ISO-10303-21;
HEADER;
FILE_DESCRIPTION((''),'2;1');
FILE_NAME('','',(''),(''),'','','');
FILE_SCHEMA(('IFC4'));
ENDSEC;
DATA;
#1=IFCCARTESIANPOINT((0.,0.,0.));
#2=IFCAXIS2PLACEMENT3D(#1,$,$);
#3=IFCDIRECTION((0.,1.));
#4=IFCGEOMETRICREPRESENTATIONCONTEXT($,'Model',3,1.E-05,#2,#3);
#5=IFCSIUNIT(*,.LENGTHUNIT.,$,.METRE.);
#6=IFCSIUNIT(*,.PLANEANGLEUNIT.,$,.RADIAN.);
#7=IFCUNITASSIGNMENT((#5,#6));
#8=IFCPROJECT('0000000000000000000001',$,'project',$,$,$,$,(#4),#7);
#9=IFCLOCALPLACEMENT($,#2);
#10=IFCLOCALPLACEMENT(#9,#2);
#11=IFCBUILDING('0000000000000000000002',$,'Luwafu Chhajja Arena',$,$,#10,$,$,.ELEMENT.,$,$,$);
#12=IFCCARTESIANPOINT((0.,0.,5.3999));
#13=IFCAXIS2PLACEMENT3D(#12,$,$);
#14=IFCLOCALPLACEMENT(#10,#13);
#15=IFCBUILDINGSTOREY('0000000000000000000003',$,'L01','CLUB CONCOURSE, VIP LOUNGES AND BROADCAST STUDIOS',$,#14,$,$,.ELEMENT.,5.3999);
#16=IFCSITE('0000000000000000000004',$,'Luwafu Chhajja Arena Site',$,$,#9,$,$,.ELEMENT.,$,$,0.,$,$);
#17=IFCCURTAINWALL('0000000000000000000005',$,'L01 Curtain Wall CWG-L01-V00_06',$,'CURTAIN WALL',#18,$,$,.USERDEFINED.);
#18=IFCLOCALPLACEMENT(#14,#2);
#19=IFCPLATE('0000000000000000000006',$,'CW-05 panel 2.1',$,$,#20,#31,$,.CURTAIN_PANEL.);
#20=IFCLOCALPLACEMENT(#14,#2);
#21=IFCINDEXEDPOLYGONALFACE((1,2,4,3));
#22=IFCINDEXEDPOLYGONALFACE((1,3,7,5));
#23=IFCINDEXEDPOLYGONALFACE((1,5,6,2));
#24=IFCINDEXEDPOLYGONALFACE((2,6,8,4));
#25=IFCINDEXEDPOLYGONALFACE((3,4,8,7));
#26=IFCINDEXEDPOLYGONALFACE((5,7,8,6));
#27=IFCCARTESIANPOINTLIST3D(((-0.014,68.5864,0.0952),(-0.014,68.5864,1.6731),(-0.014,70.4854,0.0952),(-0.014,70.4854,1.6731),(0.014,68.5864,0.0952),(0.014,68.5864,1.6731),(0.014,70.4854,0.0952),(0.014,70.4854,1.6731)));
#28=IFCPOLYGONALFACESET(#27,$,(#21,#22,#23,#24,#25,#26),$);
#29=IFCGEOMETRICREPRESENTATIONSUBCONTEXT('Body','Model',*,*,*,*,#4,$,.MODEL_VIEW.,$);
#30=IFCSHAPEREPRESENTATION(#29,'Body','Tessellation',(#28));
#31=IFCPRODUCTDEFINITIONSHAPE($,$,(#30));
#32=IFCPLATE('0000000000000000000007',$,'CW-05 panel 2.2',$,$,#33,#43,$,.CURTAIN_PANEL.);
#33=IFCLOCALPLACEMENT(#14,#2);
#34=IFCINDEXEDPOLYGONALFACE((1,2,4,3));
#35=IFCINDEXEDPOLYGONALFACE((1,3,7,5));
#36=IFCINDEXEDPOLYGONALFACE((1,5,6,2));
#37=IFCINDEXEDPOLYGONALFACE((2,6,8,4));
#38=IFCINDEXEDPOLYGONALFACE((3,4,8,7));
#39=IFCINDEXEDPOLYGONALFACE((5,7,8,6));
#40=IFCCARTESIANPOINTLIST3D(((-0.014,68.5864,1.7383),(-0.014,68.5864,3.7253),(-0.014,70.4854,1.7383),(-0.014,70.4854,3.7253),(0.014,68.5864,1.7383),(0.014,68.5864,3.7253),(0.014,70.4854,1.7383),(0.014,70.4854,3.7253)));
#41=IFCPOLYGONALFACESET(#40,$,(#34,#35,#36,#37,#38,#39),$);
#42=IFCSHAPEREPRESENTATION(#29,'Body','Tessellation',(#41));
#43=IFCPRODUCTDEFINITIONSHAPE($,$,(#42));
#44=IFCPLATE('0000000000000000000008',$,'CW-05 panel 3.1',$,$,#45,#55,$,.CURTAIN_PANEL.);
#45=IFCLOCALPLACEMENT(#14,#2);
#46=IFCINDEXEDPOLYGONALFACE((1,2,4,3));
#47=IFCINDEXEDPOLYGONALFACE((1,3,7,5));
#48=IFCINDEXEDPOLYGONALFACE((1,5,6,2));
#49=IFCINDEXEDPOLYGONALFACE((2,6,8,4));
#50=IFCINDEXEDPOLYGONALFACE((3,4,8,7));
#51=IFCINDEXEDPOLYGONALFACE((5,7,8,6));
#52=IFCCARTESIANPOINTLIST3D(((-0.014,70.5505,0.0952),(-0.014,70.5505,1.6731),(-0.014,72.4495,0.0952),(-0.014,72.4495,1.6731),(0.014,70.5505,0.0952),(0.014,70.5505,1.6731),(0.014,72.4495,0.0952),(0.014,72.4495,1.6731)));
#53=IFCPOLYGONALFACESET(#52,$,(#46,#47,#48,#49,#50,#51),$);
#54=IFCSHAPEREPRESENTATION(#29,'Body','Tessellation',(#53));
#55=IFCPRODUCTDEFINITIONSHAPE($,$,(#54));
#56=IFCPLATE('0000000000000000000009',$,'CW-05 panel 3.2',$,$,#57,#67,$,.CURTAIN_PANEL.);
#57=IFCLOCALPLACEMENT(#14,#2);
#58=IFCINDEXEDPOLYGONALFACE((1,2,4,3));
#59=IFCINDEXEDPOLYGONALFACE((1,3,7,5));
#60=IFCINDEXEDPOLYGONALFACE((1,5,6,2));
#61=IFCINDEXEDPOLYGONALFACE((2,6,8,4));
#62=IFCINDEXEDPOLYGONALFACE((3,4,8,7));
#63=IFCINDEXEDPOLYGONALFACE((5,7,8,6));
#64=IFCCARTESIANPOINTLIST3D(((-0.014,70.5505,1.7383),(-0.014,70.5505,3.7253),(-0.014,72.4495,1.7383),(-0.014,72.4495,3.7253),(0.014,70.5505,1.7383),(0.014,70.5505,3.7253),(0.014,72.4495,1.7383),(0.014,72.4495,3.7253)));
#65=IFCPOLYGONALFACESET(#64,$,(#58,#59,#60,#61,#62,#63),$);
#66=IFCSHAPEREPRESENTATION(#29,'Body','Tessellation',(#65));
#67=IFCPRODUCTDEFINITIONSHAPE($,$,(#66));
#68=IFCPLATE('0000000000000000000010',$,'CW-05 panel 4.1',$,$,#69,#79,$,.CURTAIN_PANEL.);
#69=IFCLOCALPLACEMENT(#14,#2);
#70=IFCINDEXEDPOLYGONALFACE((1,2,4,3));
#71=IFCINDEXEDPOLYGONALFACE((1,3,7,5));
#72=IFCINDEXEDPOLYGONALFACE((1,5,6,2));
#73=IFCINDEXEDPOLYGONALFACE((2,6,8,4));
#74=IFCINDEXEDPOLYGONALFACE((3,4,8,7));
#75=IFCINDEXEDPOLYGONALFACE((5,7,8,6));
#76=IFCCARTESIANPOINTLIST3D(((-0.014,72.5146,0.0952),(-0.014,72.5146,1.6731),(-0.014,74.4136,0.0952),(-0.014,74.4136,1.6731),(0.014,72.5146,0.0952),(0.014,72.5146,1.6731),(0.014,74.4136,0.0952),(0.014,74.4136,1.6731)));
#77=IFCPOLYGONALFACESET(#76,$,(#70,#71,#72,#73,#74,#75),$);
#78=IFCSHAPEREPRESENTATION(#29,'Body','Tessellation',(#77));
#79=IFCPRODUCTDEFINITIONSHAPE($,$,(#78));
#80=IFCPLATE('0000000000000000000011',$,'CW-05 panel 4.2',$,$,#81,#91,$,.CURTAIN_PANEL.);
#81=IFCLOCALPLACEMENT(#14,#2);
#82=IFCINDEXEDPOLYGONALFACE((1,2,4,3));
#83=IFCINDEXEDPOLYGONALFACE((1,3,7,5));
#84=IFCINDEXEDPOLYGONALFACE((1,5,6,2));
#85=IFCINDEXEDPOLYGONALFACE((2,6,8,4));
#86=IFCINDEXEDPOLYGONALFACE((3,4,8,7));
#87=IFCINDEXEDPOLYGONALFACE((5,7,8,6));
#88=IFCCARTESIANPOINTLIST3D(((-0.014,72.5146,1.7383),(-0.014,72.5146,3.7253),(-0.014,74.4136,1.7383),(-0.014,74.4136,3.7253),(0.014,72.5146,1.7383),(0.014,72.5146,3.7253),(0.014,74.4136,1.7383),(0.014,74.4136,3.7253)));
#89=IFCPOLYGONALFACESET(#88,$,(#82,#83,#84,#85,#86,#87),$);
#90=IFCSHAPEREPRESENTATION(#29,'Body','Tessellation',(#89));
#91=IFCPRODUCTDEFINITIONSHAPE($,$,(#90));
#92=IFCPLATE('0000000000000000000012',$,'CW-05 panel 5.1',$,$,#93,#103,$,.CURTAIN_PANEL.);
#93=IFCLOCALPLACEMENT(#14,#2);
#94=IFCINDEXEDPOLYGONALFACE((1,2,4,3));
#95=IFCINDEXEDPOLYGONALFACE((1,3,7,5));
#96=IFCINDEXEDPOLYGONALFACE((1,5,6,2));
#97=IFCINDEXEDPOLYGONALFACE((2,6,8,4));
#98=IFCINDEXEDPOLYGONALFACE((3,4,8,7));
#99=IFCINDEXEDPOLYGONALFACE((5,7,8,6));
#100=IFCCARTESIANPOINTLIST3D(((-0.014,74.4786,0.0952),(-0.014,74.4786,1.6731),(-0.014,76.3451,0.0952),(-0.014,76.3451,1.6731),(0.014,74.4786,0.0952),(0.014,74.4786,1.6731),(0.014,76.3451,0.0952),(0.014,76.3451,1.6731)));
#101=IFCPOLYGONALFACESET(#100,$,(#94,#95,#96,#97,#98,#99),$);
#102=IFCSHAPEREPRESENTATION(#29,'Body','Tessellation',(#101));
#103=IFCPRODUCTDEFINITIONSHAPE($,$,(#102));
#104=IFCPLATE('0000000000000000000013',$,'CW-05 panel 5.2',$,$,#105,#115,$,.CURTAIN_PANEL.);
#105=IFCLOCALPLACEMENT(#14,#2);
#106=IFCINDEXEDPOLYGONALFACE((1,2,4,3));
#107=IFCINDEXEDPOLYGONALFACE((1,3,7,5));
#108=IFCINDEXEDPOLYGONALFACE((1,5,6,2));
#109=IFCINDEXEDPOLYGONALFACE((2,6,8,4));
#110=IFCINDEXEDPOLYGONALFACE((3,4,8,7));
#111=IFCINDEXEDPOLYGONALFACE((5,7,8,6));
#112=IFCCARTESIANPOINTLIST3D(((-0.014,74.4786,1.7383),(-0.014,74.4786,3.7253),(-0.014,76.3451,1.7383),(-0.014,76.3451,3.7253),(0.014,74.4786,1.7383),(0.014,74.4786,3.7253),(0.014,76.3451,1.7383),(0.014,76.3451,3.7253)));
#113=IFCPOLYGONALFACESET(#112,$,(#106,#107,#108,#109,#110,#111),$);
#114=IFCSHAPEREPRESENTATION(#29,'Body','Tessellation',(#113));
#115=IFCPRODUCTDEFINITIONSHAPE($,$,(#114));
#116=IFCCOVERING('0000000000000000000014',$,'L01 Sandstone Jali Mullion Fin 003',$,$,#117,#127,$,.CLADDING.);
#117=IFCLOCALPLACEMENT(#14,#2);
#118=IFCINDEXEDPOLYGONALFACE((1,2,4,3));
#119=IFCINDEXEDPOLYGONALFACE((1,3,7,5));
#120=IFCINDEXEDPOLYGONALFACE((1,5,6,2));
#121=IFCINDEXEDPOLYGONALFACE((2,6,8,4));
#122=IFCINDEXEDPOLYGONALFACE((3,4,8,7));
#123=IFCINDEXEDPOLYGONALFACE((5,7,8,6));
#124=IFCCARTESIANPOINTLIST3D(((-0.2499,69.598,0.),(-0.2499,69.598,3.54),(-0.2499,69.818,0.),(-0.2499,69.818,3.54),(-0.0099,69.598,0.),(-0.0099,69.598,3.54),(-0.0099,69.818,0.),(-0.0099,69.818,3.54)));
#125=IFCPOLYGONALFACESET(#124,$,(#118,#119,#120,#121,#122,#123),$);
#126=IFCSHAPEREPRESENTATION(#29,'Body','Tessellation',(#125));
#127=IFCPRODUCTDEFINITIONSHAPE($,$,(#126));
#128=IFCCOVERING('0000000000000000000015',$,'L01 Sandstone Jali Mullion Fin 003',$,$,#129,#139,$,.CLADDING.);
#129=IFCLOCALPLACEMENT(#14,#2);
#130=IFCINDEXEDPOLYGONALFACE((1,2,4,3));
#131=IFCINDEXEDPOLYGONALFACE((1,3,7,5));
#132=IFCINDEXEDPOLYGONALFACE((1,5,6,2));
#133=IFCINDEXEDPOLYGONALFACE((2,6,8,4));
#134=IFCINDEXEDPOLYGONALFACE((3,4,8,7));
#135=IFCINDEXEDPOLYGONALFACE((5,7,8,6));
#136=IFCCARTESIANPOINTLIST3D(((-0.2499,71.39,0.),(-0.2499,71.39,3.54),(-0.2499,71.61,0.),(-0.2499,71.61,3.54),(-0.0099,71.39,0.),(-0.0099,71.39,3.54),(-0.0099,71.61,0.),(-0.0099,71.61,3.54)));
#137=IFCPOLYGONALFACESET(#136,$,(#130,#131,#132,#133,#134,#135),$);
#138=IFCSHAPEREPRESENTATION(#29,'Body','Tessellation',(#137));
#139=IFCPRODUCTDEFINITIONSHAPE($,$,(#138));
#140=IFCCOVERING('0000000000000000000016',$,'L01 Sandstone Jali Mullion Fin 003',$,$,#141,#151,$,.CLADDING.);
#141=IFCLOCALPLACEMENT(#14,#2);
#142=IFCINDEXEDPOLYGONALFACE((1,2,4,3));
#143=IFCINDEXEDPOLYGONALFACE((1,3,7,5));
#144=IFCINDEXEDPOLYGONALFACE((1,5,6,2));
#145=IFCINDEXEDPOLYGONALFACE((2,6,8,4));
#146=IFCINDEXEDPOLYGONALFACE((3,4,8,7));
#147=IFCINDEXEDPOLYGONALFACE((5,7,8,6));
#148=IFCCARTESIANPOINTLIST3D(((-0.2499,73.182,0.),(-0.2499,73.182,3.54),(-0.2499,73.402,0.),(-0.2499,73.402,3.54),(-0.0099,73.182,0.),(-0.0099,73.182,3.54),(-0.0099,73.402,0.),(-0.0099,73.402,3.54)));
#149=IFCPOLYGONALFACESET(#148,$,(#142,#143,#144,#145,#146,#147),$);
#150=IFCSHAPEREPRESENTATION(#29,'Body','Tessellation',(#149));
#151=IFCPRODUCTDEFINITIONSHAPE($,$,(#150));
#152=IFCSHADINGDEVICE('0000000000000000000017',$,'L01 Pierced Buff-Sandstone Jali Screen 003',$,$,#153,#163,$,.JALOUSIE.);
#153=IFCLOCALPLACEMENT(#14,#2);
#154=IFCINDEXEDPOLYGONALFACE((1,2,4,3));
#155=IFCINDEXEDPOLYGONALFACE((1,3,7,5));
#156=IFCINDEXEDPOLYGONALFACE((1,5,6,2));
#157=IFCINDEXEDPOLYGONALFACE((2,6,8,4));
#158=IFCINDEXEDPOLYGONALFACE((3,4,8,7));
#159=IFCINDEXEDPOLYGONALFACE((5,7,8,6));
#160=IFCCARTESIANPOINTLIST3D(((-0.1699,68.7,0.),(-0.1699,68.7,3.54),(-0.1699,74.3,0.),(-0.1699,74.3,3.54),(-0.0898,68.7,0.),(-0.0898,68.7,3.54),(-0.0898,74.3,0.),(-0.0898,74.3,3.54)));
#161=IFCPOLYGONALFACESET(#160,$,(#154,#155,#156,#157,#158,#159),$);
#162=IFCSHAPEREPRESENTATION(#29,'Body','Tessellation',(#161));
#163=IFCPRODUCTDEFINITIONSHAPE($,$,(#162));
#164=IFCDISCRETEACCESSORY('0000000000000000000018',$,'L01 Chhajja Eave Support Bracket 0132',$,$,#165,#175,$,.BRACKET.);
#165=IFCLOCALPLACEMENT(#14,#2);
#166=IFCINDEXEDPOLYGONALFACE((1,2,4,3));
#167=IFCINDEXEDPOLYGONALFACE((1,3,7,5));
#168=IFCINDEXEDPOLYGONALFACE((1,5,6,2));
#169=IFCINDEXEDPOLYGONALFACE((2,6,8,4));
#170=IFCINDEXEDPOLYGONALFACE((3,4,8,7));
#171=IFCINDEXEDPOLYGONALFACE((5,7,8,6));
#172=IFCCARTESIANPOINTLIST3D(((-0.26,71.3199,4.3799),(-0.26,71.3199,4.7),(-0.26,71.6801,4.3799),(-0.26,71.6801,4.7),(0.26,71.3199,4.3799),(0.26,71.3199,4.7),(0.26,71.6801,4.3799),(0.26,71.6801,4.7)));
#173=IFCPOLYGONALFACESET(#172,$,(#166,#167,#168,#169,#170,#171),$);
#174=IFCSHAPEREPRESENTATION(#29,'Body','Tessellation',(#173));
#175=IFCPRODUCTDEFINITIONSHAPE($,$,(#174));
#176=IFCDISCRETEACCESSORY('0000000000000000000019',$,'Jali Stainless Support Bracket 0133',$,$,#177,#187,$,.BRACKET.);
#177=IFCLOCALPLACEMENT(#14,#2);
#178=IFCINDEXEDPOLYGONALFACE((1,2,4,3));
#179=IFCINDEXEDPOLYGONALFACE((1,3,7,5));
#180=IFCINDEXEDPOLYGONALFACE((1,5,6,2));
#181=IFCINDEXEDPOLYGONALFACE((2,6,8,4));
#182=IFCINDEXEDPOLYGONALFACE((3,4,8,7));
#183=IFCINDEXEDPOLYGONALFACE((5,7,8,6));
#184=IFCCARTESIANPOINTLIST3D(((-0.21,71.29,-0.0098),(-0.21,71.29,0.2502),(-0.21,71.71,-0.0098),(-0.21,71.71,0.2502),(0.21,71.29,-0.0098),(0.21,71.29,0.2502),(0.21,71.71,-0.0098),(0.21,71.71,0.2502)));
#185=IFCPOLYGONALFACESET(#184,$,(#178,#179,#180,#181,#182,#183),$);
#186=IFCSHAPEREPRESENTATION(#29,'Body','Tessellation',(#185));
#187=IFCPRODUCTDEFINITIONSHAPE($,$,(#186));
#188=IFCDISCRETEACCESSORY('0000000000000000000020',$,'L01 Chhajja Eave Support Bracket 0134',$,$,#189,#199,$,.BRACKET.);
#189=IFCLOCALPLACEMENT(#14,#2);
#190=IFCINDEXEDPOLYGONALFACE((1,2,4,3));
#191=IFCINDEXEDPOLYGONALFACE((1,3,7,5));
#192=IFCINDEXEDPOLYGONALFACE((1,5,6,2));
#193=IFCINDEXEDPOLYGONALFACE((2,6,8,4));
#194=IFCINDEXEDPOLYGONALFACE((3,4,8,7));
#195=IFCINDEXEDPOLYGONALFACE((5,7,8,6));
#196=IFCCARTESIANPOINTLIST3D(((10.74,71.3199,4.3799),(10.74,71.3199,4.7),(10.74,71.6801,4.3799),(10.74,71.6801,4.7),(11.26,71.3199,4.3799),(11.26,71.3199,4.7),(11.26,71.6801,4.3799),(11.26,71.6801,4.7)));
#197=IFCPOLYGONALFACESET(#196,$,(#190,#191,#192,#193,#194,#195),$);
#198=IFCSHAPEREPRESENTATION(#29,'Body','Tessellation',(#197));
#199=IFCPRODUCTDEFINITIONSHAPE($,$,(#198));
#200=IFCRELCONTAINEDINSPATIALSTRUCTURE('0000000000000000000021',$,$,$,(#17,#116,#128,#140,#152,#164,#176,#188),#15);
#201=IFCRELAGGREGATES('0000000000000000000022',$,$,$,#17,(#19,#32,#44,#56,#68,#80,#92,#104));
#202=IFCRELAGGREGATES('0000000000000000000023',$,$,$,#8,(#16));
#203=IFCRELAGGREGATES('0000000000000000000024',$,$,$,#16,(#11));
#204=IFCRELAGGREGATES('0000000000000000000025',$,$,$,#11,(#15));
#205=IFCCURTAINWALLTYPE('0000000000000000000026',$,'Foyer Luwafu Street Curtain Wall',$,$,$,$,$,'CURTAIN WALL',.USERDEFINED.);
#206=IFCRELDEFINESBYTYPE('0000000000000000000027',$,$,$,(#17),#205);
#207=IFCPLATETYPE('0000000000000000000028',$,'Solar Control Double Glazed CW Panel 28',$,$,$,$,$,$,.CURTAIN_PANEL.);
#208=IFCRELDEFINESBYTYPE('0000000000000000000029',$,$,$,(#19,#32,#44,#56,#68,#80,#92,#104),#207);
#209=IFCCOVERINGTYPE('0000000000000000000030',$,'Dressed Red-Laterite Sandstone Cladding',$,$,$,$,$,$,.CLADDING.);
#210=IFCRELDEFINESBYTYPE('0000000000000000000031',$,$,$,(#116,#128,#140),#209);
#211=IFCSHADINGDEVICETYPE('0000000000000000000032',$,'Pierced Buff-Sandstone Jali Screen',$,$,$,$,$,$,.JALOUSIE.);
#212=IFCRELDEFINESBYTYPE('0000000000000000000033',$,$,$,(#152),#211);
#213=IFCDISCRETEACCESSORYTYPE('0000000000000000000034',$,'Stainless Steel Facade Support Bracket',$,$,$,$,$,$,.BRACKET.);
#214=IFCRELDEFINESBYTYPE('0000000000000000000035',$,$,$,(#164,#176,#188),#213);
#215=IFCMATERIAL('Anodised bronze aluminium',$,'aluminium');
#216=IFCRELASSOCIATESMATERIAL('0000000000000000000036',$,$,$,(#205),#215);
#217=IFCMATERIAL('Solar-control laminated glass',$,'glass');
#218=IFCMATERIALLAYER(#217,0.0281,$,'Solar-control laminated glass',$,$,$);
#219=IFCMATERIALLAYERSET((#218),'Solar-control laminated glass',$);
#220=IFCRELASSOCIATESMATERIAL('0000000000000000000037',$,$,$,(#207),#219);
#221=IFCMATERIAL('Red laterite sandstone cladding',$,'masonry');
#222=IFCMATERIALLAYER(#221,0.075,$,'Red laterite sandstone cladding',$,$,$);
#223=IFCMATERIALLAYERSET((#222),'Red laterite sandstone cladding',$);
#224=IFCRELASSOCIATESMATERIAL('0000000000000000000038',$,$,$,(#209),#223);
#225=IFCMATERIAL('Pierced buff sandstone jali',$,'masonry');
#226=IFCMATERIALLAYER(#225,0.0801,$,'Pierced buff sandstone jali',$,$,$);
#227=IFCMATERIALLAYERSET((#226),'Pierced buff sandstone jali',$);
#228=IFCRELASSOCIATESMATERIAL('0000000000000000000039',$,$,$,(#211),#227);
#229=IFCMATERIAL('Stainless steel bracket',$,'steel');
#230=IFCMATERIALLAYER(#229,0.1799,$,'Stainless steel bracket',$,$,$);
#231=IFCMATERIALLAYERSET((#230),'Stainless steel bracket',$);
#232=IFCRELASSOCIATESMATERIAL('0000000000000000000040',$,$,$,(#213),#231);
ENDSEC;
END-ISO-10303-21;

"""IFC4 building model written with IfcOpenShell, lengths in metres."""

from ifc_helpers import new_model, si_unit, direction, frame, origin, origin_2d, place, context, subcontext, project, spatial, rectangle, extrude, material, layer, layer_set, type_object, element, aggregate, save


model = new_model("IFC4")

# Units and contexts
model_context = context("Model", 3, precision=1e-05, world=origin(), true_north=direction((0.0, 1.0)))
body_context = subcontext(model_context, "Body", "Model", "MODEL_VIEW")
ifc_project = project(units=[si_unit("LENGTHUNIT", "METRE"), si_unit("PLANEANGLEUNIT", "RADIAN")], contexts=[model_context])

# Site, building, storey
site_placement = place(None, origin())
site = spatial("IfcSite", under=ifc_project, at=site_placement, Name="Luwafu Chhajja Arena Site", CompositionType="ELEMENT", RefElevation=0.0)
building_placement = place(site_placement, origin())
building = spatial("IfcBuilding", under=site, at=building_placement, Name="Luwafu Chhajja Arena", CompositionType="ELEMENT")
storey_placement = place(building_placement, frame((0.0, 0.0, 5.3999)))
storey = spatial("IfcBuildingStorey", under=building, at=storey_placement, Name="L01", Description="CLUB CONCOURSE, VIP LOUNGES AND BROADCAST STUDIOS", CompositionType="ELEMENT", Elevation=5.3999)

# Curtain wall, plates
ifc_material_1 = material(Name="Anodised bronze aluminium", Category="aluminium")
curtain_wall_type = type_object("IfcCurtainWallType", Name="Foyer Luwafu Street Curtain Wall", ElementType="CURTAIN WALL", PredefinedType="USERDEFINED", material=ifc_material_1)
curtain_wall_placement = place(storey_placement, origin())
curtain_wall = element("IfcCurtainWall", 1, at=curtain_wall_placement, inside=storey, type_object=curtain_wall_type, Name="L01 Curtain Wall CWG-L01-V00_06", ObjectType="CURTAIN WALL", PredefinedType="USERDEFINED")
ifc_material_2 = material(Name="Solar-control laminated glass", Category="glass")
ifc_layer_1 = layer(ifc_material_2, 0.0281, Name="Solar-control laminated glass")
ifc_layer_set_1 = layer_set([ifc_layer_1], Name="Solar-control laminated glass")
plate_type = type_object("IfcPlateType", Name="Solar Control Double Glazed CW Panel 28", PredefinedType="CURTAIN_PANEL", material=ifc_layer_set_1)
plate_1_placement = place(storey_placement, frame((0.0, 69.5359, 0.0952), z_axis=(0.0, 0.0, 1.0), x_axis=(0.0, 1.0, 0.0)))
plate_1 = element("IfcPlate", 2, at=plate_1_placement, type_object=plate_type, Name="CW-05 panel 2.1", PredefinedType="CURTAIN_PANEL", context=body_context, shape_type="SweptSolid", body=[
    extrude(rectangle(XDim=1.8989, YDim=0.0281, at=origin_2d()), origin(), (0.0, 0.0, 1.0), 1.5779),
])
plate_2_placement = place(storey_placement, frame((0.0, 69.5359, 1.7383), z_axis=(0.0, 0.0, 1.0), x_axis=(0.0, 1.0, 0.0)))
plate_2 = element("IfcPlate", 3, at=plate_2_placement, type_object=plate_type, Name="CW-05 panel 2.2", PredefinedType="CURTAIN_PANEL", context=body_context, shape_type="SweptSolid", body=[
    extrude(rectangle(XDim=1.8989, YDim=0.0281, at=origin_2d()), origin(), (0.0, 0.0, 1.0), 1.9871),
])
plate_3_placement = place(storey_placement, frame((0.0, 71.5, 0.0952), z_axis=(0.0, 0.0, 1.0), x_axis=(0.0, 1.0, 0.0)))
plate_3 = element("IfcPlate", 4, at=plate_3_placement, type_object=plate_type, Name="CW-05 panel 3.1", PredefinedType="CURTAIN_PANEL", context=body_context, shape_type="SweptSolid", body=[
    extrude(rectangle(XDim=1.8989, YDim=0.0281, at=origin_2d()), origin(), (0.0, 0.0, 1.0), 1.5779),
])
plate_4_placement = place(storey_placement, frame((0.0, 71.5, 1.7383), z_axis=(0.0, 0.0, 1.0), x_axis=(0.0, 1.0, 0.0)))
plate_4 = element("IfcPlate", 5, at=plate_4_placement, type_object=plate_type, Name="CW-05 panel 3.2", PredefinedType="CURTAIN_PANEL", context=body_context, shape_type="SweptSolid", body=[
    extrude(rectangle(XDim=1.8989, YDim=0.0281, at=origin_2d()), origin(), (0.0, 0.0, 1.0), 1.9871),
])
plate_5_placement = place(storey_placement, frame((0.0, 73.4641, 0.0952), z_axis=(0.0, 0.0, 1.0), x_axis=(0.0, 1.0, 0.0)))
plate_5 = element("IfcPlate", 6, at=plate_5_placement, type_object=plate_type, Name="CW-05 panel 4.1", PredefinedType="CURTAIN_PANEL", context=body_context, shape_type="SweptSolid", body=[
    extrude(rectangle(XDim=1.8989, YDim=0.0281, at=origin_2d()), origin(), (0.0, 0.0, 1.0), 1.5779),
])
plate_6_placement = place(storey_placement, frame((0.0, 73.4641, 1.7383), z_axis=(0.0, 0.0, 1.0), x_axis=(0.0, 1.0, 0.0)))
plate_6 = element("IfcPlate", 7, at=plate_6_placement, type_object=plate_type, Name="CW-05 panel 4.2", PredefinedType="CURTAIN_PANEL", context=body_context, shape_type="SweptSolid", body=[
    extrude(rectangle(XDim=1.8989, YDim=0.0281, at=origin_2d()), origin(), (0.0, 0.0, 1.0), 1.9871),
])
plate_7_placement = place(storey_placement, frame((0.0, 75.4119, 0.0952), z_axis=(0.0, 0.0, 1.0), x_axis=(0.0, 1.0, 0.0)))
plate_7 = element("IfcPlate", 8, at=plate_7_placement, type_object=plate_type, Name="CW-05 panel 5.1", PredefinedType="CURTAIN_PANEL", context=body_context, shape_type="SweptSolid", body=[
    extrude(rectangle(XDim=1.8665, YDim=0.0281, at=origin_2d()), origin(), (0.0, 0.0, 1.0), 1.5779),
])
plate_8_placement = place(storey_placement, frame((0.0, 75.4119, 1.7383), z_axis=(0.0, 0.0, 1.0), x_axis=(0.0, 1.0, 0.0)))
plate_8 = element("IfcPlate", 9, at=plate_8_placement, type_object=plate_type, Name="CW-05 panel 5.2", PredefinedType="CURTAIN_PANEL", context=body_context, shape_type="SweptSolid", body=[
    extrude(rectangle(XDim=1.8665, YDim=0.0281, at=origin_2d()), origin(), (0.0, 0.0, 1.0), 1.9871),
])
aggregate(curtain_wall, [plate_1, plate_2, plate_3, plate_4, plate_5, plate_6, plate_7, plate_8])

# Coverings
ifc_material_3 = material(Name="Red laterite sandstone cladding", Category="masonry")
ifc_layer_2 = layer(ifc_material_3, 0.075, Name="Red laterite sandstone cladding")
ifc_layer_set_2 = layer_set([ifc_layer_2], Name="Red laterite sandstone cladding")
covering_type = type_object("IfcCoveringType", Name="Dressed Red-Laterite Sandstone Cladding", PredefinedType="CLADDING", material=ifc_layer_set_2)
for number, where, z_axis, x_axis, name in (
    (10, (-0.1299, 69.708, 0.0), (0.0, 0.0, 1.0), (0.0, 1.0, 0.0), "L01 Sandstone Jali Mullion Fin 003"),
    (11, (-0.1299, 71.5, 0.0), (0.0, 0.0, 1.0), (0.0, 1.0, 0.0), "L01 Sandstone Jali Mullion Fin 003"),
    (12, (-0.1299, 73.292, 0.0), (0.0, 0.0, 1.0), (0.0, 1.0, 0.0), "L01 Sandstone Jali Mullion Fin 003"),
):
    element("IfcCovering", number, at=place(storey_placement, frame(where, z_axis=z_axis, x_axis=x_axis)), inside=storey, type_object=covering_type, Name=name, PredefinedType="CLADDING", context=body_context, shape_type="SweptSolid", body=[
        extrude(rectangle(XDim=0.22, YDim=0.24, at=origin_2d()), origin(), (0.0, 0.0, 1.0), 3.54),
    ])

# Shading device
ifc_material_4 = material(Name="Pierced buff sandstone jali", Category="masonry")
ifc_layer_3 = layer(ifc_material_4, 0.0801, Name="Pierced buff sandstone jali")
ifc_layer_set_3 = layer_set([ifc_layer_3], Name="Pierced buff sandstone jali")
shading_device_type = type_object("IfcShadingDeviceType", Name="Pierced Buff-Sandstone Jali Screen", PredefinedType="JALOUSIE", material=ifc_layer_set_3)
shading_device_placement = place(storey_placement, frame((-0.1299, 71.5, 0.0), z_axis=(0.0, 0.0, 1.0), x_axis=(0.0, 1.0, 0.0)))
element("IfcShadingDevice", 13, at=shading_device_placement, inside=storey, type_object=shading_device_type, Name="L01 Pierced Buff-Sandstone Jali Screen 003", PredefinedType="JALOUSIE", context=body_context, shape_type="SweptSolid", body=[
    extrude(rectangle(XDim=5.6001, YDim=0.0801, at=origin_2d()), origin(), (0.0, 0.0, 1.0), 3.54),
])

# Discrete accessories
ifc_material_5 = material(Name="Stainless steel bracket", Category="steel")
ifc_layer_4 = layer(ifc_material_5, 0.1799, Name="Stainless steel bracket")
ifc_layer_set_4 = layer_set([ifc_layer_4], Name="Stainless steel bracket")
discrete_accessory_type = type_object("IfcDiscreteAccessoryType", Name="Stainless Steel Facade Support Bracket", PredefinedType="BRACKET", material=ifc_layer_set_4)
discrete_accessory_1_placement = place(storey_placement, frame((0.0, 71.5, 4.3799), z_axis=(0.0, 0.0, 1.0), x_axis=(0.0, 1.0, 0.0)))
element("IfcDiscreteAccessory", 14, at=discrete_accessory_1_placement, inside=storey, type_object=discrete_accessory_type, Name="L01 Chhajja Eave Support Bracket 0132", PredefinedType="BRACKET", context=body_context, shape_type="SweptSolid", body=[
    extrude(rectangle(XDim=0.3601, YDim=0.52, at=origin_2d()), origin(), (0.0, 0.0, 1.0), 0.3201),
])
discrete_accessory_2_placement = place(storey_placement, frame((0.0, 71.5, -0.0098), z_axis=(0.0, 0.0, 1.0), x_axis=(0.0, 1.0, 0.0)))
element("IfcDiscreteAccessory", 15, at=discrete_accessory_2_placement, inside=storey, type_object=discrete_accessory_type, Name="Jali Stainless Support Bracket 0133", PredefinedType="BRACKET", context=body_context, shape_type="SweptSolid", body=[
    extrude(rectangle(XDim=0.4199, YDim=0.4199, at=origin_2d()), origin(), (0.0, 0.0, 1.0), 0.26),
])
discrete_accessory_3_placement = place(storey_placement, frame((11.0, 71.5, 4.3799), z_axis=(0.0, 0.0, 1.0), x_axis=(0.0, 1.0, 0.0)))
element("IfcDiscreteAccessory", 16, at=discrete_accessory_3_placement, inside=storey, type_object=discrete_accessory_type, Name="L01 Chhajja Eave Support Bracket 0134", PredefinedType="BRACKET", context=body_context, shape_type="SweptSolid", body=[
    extrude(rectangle(XDim=0.3601, YDim=0.52, at=origin_2d()), origin(), (0.0, 0.0, 1.0), 0.3201),
])

save(model, "model.ifc")
